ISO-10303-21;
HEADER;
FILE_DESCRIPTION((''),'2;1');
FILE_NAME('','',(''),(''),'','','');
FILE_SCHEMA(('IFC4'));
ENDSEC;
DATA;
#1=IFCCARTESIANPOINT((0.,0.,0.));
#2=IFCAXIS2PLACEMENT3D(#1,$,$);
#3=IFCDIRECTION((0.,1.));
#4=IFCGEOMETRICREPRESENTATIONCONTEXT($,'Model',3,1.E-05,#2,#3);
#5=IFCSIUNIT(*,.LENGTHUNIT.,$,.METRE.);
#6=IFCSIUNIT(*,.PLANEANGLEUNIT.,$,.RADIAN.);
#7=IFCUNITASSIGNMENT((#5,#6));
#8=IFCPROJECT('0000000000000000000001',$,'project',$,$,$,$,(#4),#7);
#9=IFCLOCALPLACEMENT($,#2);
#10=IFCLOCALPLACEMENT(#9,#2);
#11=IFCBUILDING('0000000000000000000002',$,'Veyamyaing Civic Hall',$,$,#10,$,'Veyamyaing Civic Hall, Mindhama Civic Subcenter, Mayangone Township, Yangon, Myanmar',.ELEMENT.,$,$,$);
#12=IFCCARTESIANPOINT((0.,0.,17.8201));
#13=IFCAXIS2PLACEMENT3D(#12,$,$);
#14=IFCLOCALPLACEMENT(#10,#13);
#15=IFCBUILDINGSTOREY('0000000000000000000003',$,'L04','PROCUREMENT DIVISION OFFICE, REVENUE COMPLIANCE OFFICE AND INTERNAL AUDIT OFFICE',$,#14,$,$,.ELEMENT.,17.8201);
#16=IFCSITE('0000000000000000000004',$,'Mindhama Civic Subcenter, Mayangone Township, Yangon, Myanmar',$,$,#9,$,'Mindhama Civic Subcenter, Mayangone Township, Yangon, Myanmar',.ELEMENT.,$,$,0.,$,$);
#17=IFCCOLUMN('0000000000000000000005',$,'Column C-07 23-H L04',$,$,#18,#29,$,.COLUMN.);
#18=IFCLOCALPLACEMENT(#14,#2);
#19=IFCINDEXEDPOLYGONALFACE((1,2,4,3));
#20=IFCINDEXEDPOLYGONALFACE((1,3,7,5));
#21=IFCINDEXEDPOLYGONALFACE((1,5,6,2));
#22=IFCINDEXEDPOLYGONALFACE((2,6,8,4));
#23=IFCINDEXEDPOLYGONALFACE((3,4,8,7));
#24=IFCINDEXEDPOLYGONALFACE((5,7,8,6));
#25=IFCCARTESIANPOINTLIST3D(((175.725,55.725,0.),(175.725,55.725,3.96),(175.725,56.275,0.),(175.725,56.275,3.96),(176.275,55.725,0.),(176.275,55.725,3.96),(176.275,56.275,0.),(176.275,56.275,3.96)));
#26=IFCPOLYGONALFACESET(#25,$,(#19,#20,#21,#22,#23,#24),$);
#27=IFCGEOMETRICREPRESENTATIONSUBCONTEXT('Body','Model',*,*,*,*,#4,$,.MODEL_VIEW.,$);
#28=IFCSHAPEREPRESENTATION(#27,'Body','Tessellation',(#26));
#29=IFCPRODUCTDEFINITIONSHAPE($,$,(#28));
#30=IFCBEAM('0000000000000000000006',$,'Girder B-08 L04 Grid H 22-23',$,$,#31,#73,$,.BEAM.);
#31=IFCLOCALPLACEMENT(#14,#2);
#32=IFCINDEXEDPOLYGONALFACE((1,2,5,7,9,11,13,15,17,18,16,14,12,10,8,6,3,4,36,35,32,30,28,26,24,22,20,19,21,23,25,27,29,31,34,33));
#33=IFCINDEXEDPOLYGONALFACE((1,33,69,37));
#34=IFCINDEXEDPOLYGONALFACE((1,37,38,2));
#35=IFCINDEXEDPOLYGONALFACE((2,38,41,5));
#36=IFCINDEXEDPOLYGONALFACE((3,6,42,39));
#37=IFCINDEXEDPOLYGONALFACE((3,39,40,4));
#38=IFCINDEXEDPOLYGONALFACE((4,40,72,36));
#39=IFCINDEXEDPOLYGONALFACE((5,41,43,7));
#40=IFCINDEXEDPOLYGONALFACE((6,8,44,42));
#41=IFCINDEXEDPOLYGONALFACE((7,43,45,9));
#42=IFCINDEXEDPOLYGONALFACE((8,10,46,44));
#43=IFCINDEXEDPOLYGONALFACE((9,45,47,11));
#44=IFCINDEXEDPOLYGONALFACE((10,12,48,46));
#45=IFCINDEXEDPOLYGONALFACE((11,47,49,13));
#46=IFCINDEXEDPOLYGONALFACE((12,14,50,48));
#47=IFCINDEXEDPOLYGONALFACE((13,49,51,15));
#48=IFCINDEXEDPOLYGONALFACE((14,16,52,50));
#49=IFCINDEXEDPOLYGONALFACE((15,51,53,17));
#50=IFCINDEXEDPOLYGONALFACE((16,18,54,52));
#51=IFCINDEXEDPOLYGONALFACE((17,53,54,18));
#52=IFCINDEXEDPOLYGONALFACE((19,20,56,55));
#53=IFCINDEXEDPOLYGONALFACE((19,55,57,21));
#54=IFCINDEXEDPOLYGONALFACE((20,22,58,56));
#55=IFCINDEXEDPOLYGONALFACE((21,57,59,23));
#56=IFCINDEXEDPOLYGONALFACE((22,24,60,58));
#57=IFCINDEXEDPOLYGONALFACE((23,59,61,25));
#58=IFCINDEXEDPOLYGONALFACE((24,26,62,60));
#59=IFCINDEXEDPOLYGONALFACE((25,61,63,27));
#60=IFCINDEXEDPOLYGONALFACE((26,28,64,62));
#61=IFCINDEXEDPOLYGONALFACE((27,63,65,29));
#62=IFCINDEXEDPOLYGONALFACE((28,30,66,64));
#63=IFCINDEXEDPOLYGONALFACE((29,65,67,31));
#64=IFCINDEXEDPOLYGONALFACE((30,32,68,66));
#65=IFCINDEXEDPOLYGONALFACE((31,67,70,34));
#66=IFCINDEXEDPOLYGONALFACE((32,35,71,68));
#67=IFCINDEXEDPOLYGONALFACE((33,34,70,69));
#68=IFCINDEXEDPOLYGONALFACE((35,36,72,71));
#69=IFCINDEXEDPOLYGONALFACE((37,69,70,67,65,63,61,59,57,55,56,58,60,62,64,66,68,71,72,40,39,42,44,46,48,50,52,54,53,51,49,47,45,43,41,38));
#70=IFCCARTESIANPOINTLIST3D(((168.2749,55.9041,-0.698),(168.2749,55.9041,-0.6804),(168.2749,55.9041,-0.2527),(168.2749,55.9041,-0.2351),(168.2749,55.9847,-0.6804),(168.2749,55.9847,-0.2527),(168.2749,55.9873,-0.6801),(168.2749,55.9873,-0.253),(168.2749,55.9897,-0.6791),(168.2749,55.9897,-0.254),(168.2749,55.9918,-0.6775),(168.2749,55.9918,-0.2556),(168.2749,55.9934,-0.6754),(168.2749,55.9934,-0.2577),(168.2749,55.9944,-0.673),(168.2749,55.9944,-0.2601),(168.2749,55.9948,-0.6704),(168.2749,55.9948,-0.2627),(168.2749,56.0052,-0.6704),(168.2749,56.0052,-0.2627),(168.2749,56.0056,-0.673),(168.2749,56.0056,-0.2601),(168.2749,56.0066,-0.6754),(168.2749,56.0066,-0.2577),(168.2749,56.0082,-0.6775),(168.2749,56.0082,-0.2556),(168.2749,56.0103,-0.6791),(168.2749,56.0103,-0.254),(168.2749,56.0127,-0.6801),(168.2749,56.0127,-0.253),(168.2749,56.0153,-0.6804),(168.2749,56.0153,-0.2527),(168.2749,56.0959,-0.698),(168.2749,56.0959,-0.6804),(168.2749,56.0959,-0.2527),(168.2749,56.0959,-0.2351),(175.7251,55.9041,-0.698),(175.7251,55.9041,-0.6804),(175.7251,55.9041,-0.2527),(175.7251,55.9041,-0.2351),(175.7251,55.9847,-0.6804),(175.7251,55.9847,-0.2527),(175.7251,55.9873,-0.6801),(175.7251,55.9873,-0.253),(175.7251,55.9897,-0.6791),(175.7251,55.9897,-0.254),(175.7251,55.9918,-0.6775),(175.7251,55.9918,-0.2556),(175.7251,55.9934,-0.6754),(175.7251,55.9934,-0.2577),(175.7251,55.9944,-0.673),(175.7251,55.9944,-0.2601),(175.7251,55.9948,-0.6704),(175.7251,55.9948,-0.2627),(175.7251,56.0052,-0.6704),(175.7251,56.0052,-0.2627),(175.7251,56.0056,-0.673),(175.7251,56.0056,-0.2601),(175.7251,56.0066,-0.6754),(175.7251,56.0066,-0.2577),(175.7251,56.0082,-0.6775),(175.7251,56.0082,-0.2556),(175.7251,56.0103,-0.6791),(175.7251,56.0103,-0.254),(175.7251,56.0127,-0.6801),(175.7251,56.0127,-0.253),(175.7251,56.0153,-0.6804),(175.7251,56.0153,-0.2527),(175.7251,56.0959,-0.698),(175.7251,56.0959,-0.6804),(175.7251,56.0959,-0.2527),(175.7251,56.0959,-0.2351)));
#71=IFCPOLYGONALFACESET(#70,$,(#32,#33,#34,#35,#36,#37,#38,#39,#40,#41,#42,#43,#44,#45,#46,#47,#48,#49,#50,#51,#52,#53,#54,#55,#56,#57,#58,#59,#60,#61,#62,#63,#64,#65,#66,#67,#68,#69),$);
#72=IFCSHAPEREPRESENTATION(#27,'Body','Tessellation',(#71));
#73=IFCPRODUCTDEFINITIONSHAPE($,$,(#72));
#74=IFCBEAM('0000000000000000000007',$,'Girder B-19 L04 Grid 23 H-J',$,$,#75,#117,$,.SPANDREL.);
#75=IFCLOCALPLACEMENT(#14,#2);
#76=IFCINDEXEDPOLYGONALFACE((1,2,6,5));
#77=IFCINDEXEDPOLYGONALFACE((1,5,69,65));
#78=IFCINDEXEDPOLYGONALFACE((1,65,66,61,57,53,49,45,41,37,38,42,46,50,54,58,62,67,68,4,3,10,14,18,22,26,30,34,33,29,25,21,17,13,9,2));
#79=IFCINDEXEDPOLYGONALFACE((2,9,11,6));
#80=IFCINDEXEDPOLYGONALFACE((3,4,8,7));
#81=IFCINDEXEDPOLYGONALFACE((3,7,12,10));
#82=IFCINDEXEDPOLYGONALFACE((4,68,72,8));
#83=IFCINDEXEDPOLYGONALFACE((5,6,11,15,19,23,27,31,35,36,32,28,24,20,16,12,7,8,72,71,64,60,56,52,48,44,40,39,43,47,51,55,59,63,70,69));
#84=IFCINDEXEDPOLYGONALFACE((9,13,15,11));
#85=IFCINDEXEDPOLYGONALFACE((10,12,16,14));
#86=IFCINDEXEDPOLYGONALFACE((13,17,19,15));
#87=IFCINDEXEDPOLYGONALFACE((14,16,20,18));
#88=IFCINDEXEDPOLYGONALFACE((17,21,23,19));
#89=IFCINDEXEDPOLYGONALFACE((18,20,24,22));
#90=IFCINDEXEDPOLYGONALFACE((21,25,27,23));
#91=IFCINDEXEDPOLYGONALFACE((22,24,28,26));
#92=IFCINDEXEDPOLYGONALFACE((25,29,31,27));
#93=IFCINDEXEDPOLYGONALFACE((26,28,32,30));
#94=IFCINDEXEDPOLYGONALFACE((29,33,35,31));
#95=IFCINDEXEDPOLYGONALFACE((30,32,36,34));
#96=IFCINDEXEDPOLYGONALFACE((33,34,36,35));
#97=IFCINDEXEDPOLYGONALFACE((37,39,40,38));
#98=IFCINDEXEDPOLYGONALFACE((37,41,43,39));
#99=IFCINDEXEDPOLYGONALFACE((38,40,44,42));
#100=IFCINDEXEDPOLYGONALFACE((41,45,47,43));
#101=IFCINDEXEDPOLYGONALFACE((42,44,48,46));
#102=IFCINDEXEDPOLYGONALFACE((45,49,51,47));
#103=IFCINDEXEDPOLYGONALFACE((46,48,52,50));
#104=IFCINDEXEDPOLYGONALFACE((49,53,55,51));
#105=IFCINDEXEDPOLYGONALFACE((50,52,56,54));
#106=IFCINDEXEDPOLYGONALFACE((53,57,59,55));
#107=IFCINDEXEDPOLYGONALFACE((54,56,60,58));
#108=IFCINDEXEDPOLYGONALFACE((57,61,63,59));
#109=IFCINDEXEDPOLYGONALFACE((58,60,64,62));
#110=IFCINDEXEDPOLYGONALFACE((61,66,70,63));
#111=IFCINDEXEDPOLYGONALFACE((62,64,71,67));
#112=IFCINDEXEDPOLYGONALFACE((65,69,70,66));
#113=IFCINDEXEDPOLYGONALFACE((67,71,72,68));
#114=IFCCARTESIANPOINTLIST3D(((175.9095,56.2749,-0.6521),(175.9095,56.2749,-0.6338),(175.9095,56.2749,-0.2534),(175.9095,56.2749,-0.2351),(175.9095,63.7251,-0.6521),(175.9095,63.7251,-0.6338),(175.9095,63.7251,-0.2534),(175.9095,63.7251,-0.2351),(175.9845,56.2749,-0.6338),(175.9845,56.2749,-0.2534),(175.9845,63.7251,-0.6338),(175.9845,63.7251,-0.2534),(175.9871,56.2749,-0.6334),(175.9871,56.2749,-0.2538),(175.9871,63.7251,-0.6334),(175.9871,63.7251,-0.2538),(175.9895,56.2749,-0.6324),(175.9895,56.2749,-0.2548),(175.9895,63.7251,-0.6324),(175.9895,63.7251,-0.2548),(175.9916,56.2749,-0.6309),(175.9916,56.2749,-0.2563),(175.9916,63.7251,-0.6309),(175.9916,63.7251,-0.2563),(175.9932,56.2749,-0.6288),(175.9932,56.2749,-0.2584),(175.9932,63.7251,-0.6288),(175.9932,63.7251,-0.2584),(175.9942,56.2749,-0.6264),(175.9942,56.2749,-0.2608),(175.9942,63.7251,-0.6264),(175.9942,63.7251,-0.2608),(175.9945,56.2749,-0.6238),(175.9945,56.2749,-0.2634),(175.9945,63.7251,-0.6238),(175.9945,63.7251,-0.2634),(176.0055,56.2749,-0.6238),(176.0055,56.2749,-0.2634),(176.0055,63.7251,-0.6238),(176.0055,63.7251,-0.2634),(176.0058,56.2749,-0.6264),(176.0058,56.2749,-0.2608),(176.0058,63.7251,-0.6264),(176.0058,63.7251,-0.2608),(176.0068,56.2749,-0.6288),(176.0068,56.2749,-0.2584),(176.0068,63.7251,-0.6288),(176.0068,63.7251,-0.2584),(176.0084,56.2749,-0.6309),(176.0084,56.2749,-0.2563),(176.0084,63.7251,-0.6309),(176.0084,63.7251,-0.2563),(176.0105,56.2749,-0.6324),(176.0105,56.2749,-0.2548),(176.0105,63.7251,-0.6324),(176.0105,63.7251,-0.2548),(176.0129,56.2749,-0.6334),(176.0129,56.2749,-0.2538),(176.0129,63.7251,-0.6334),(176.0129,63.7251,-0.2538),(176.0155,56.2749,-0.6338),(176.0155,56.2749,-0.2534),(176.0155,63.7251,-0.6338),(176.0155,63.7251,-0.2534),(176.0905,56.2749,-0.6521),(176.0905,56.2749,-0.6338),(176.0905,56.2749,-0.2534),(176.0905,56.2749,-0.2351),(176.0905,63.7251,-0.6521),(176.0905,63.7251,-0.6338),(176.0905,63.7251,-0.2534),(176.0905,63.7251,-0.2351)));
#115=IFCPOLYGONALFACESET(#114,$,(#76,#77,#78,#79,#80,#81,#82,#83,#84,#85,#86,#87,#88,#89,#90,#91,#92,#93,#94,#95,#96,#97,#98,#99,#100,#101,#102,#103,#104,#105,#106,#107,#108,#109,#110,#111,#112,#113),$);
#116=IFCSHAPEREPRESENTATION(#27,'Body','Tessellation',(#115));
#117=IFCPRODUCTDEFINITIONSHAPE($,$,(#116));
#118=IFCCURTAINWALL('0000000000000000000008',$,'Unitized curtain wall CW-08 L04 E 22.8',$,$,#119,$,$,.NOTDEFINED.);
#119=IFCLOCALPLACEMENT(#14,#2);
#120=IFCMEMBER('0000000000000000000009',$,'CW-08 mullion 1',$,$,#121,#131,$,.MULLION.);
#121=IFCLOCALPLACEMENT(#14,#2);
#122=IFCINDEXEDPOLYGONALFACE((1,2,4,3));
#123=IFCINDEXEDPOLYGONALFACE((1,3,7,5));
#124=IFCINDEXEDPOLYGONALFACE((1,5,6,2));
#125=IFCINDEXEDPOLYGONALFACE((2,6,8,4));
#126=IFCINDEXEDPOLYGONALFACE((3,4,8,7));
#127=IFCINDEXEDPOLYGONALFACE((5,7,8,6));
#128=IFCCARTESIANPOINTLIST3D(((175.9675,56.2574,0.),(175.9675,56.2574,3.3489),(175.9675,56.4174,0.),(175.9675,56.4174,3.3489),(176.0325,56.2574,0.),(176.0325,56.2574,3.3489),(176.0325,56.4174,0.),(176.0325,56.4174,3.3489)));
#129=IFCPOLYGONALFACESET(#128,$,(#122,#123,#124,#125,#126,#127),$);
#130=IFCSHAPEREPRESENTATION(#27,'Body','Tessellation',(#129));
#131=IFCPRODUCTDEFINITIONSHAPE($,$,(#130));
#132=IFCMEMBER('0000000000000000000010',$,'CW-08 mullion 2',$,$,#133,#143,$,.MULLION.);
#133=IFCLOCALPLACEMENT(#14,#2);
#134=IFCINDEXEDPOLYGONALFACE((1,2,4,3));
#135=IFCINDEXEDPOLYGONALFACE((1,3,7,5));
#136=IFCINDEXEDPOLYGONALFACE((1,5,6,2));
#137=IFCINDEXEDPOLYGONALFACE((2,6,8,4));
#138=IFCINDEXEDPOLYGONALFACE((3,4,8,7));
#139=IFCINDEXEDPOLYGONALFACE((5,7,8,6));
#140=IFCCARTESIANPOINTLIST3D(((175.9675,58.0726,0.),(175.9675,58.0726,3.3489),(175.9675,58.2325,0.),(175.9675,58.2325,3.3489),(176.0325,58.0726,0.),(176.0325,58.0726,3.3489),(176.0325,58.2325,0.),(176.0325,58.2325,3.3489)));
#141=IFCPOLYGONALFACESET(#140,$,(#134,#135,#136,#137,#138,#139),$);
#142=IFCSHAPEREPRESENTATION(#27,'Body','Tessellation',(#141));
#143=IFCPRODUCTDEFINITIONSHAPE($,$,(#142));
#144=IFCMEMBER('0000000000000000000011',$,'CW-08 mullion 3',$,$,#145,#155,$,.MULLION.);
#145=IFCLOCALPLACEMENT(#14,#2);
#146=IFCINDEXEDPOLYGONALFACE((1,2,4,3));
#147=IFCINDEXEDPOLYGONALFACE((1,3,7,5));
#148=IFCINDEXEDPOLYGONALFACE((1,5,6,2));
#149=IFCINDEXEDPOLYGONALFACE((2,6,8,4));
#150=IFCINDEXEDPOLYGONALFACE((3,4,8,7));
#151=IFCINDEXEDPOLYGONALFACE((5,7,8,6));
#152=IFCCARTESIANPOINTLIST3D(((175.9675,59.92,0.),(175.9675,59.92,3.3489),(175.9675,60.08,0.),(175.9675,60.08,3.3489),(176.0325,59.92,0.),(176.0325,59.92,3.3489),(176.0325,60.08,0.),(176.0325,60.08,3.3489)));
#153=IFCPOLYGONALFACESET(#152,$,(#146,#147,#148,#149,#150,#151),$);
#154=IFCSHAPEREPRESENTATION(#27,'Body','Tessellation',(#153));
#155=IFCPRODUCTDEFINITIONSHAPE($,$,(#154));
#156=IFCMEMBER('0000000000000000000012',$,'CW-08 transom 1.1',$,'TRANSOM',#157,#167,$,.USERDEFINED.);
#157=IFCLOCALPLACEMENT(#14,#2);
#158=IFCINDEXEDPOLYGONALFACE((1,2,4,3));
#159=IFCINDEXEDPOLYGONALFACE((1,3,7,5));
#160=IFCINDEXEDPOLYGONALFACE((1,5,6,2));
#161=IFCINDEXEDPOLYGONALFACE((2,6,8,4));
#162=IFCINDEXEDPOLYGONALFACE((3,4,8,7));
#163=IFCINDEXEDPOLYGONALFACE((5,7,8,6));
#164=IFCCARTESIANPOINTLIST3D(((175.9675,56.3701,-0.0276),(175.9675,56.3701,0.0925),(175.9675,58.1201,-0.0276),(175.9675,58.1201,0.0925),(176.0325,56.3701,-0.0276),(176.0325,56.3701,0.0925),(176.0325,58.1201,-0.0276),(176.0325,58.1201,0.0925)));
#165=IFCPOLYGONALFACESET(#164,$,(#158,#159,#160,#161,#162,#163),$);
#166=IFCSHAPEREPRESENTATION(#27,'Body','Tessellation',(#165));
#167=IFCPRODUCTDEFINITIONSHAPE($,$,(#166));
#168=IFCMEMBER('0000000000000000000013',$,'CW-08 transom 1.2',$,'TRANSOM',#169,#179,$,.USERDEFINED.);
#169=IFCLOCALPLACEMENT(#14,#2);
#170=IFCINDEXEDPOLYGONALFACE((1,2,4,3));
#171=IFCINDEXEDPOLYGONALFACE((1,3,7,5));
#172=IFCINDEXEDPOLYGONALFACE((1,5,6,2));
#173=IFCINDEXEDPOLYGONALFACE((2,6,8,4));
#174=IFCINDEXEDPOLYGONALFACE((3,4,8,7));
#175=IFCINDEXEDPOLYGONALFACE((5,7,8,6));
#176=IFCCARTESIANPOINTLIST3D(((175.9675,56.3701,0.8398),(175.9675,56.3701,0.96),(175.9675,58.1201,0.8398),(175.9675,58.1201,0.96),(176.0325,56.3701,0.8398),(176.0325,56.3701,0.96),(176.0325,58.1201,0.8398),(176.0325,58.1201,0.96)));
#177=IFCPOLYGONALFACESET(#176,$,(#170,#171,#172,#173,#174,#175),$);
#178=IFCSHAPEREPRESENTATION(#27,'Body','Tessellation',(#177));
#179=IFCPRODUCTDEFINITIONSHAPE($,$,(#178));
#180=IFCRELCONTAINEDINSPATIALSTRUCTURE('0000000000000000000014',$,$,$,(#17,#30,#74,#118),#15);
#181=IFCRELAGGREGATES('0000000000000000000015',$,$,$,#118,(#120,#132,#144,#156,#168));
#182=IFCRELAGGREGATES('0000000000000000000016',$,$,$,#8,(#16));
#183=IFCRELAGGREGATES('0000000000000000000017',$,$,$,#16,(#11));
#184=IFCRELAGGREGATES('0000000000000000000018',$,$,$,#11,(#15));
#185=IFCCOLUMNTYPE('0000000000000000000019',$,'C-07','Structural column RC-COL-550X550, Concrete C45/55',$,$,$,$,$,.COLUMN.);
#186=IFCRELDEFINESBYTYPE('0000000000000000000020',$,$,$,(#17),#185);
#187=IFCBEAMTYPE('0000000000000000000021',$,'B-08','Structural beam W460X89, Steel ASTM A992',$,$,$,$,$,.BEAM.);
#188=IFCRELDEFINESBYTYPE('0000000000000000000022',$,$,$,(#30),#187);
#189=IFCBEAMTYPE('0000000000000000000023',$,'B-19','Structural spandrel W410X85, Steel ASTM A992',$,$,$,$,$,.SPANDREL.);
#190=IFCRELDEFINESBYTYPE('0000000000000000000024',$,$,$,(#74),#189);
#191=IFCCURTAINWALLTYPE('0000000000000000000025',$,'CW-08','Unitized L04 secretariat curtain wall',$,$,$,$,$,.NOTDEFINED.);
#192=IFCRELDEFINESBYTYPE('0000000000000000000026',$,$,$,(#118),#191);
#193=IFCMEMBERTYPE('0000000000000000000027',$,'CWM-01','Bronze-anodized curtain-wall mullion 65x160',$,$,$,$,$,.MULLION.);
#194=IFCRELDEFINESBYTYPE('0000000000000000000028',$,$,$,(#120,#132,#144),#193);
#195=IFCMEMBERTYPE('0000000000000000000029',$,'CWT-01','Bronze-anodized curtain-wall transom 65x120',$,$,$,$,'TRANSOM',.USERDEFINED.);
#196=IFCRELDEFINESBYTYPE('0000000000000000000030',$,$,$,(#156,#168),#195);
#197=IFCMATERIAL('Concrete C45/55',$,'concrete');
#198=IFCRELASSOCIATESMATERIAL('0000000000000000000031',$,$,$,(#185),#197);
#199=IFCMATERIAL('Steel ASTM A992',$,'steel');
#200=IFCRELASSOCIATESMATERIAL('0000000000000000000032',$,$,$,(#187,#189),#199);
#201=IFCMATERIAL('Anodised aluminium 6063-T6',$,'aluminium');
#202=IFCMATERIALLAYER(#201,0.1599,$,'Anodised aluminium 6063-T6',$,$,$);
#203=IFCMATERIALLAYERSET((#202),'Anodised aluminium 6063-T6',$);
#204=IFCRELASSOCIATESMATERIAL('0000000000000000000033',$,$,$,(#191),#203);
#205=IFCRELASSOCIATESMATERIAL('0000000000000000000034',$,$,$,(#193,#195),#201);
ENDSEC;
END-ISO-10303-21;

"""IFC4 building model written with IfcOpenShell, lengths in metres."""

from ifc_helpers import new_model, si_unit, direction, frame, origin, origin_2d, place, context, subcontext, project, spatial, rectangle, i_section, extrude, material, layer, layer_set, material_profile, profile_set, type_object, element, aggregate, save


model = new_model("IFC4")

# Units and contexts
model_context = context("Model", 3, precision=1e-05, world=origin(), true_north=direction((0.0, 1.0)))
body_context = subcontext(model_context, "Body", "Model", "MODEL_VIEW")
ifc_project = project(units=[si_unit("LENGTHUNIT", "METRE"), si_unit("PLANEANGLEUNIT", "RADIAN")], contexts=[model_context])

# Site, building, storey
site_placement = place(None, origin())
site = spatial("IfcSite", under=ifc_project, at=site_placement, Name="Mindhama Civic Subcenter, Mayangone Township, Yangon, Myanmar", LongName="Mindhama Civic Subcenter, Mayangone Township, Yangon, Myanmar", CompositionType="ELEMENT", RefElevation=0.0)
building_placement = place(site_placement, origin())
building = spatial("IfcBuilding", under=site, at=building_placement, Name="Veyamyaing Civic Hall", LongName="Veyamyaing Civic Hall, Mindhama Civic Subcenter, Mayangone Township, Yangon, Myanmar", CompositionType="ELEMENT")
storey_placement = place(building_placement, frame((0.0, 0.0, 17.8201)))
storey = spatial("IfcBuildingStorey", under=building, at=storey_placement, Name="L04", Description="PROCUREMENT DIVISION OFFICE, REVENUE COMPLIANCE OFFICE AND INTERNAL AUDIT OFFICE", CompositionType="ELEMENT", Elevation=17.8201)

# Column
ifc_material_1 = material(Name="Concrete C45/55", Category="concrete")
ifc_material_profile_1 = material_profile(ifc_material_1, rectangle(XDim=0.55, YDim=0.55, at=origin_2d()), Name="RC-COL-550X550")
ifc_profile_set_1 = profile_set([ifc_material_profile_1], Name="Concrete C45/55")
column_type = type_object("IfcColumnType", Name="C-07", Description="Structural column RC-COL-550X550, Concrete C45/55", PredefinedType="COLUMN", material=ifc_profile_set_1)
column_placement = place(storey_placement, frame((176.0, 56.0, 0.0), z_axis=(0.0, 0.0, 1.0), x_axis=(1.0, 0.0, 0.0)))
element("IfcColumn", 1, at=column_placement, inside=storey, type_object=column_type, Name="Column C-07 23-H L04", PredefinedType="COLUMN", context=body_context, shape_type="SweptSolid", body=[
    extrude(rectangle(XDim=0.55, YDim=0.55, at=origin_2d()), origin(), (0.0, 0.0, 1.0), 3.96),
])

# Beams
ifc_material_2 = material(Name="Steel ASTM A992", Category="steel")
ifc_material_profile_2 = material_profile(ifc_material_2, i_section(OverallWidth=0.1919, OverallDepth=0.4629, WebThickness=0.0105, FlangeThickness=0.0176, FilletRadius=0.01, at=origin_2d()), Name="W460X89")
ifc_profile_set_2 = profile_set([ifc_material_profile_2], Name="Steel ASTM A992")
beam_type_1 = type_object("IfcBeamType", Name="B-08", Description="Structural beam W460X89, Steel ASTM A992", PredefinedType="BEAM", material=ifc_profile_set_2)
beam_1_placement = place(storey_placement, frame((168.2749, 56.0, -0.4666), z_axis=(1.0, 0.0, 0.0), x_axis=(0.0, 1.0, 0.0)))
element("IfcBeam", 2, at=beam_1_placement, inside=storey, type_object=beam_type_1, Name="Girder B-08 L04 Grid H 22-23", PredefinedType="BEAM", context=body_context, shape_type="SweptSolid", body=[
    extrude(i_section(OverallWidth=0.1919, OverallDepth=0.4629, WebThickness=0.0105, FlangeThickness=0.0176, FilletRadius=0.01, at=origin_2d()), origin(), (0.0, 0.0, 1.0), 7.4502),
])
ifc_material_profile_3 = material_profile(ifc_material_2, i_section(OverallWidth=0.1809, OverallDepth=0.417, WebThickness=0.011, FlangeThickness=0.0183, FilletRadius=0.01, at=origin_2d()), Name="W410X85")
ifc_profile_set_3 = profile_set([ifc_material_profile_3], Name="Steel ASTM A992")
beam_type_2 = type_object("IfcBeamType", Name="B-19", Description="Structural spandrel W410X85, Steel ASTM A992", PredefinedType="SPANDREL", material=ifc_profile_set_3)
beam_2_placement = place(storey_placement, frame((176.0, 56.2749, -0.4436), z_axis=(0.0, 1.0, 0.0), x_axis=(-1.0, 0.0, 0.0)))
element("IfcBeam", 3, at=beam_2_placement, inside=storey, type_object=beam_type_2, Name="Girder B-19 L04 Grid 23 H-J", PredefinedType="SPANDREL", context=body_context, shape_type="SweptSolid", body=[
    extrude(i_section(OverallWidth=0.1809, OverallDepth=0.417, WebThickness=0.011, FlangeThickness=0.0183, FilletRadius=0.01, at=origin_2d()), origin(), (0.0, 0.0, 1.0), 7.4502),
])

# Curtain wall, members
ifc_material_3 = material(Name="Anodised aluminium 6063-T6", Category="aluminium")
ifc_layer_1 = layer(ifc_material_3, 0.1599, Name="Anodised aluminium 6063-T6")
ifc_layer_set_1 = layer_set([ifc_layer_1], Name="Anodised aluminium 6063-T6")
curtain_wall_type = type_object("IfcCurtainWallType", Name="CW-08", Description="Unitized L04 secretariat curtain wall", PredefinedType="NOTDEFINED", material=ifc_layer_set_1)
curtain_wall_placement = place(storey_placement, origin())
curtain_wall = element("IfcCurtainWall", 4, at=curtain_wall_placement, inside=storey, type_object=curtain_wall_type, Name="Unitized curtain wall CW-08 L04 E 22.8", PredefinedType="NOTDEFINED")
ifc_material_profile_4 = material_profile(ifc_material_3, rectangle(XDim=0.0649, YDim=0.1599, at=origin_2d()), Name="ALU-MUL-65X160")
ifc_profile_set_4 = profile_set([ifc_material_profile_4], Name="Anodised aluminium 6063-T6")
member_type_1 = type_object("IfcMemberType", Name="CWM-01", Description="Bronze-anodized curtain-wall mullion 65x160", PredefinedType="MULLION", material=ifc_profile_set_4)
member_1_placement = place(storey_placement, frame((176.0, 56.3374, 0.0), z_axis=(0.0, 0.0, 1.0), x_axis=(-1.0, 0.0, 0.0)))
member_1 = element("IfcMember", 5, at=member_1_placement, type_object=member_type_1, Name="CW-08 mullion 1", PredefinedType="MULLION", context=body_context, shape_type="SweptSolid", body=[
    extrude(rectangle(XDim=0.0649, YDim=0.1599, at=origin_2d()), origin(), (0.0, 0.0, 1.0), 3.3489),
])
member_2_placement = place(storey_placement, frame((176.0, 58.1526, 0.0), z_axis=(0.0, 0.0, 1.0), x_axis=(-1.0, 0.0, 0.0)))
member_2 = element("IfcMember", 6, at=member_2_placement, type_object=member_type_1, Name="CW-08 mullion 2", PredefinedType="MULLION", context=body_context, shape_type="SweptSolid", body=[
    extrude(rectangle(XDim=0.0649, YDim=0.1599, at=origin_2d()), origin(), (0.0, 0.0, 1.0), 3.3489),
])
member_3_placement = place(storey_placement, frame((176.0, 60.0, 0.0), z_axis=(0.0, 0.0, 1.0), x_axis=(-1.0, 0.0, 0.0)))
member_3 = element("IfcMember", 7, at=member_3_placement, type_object=member_type_1, Name="CW-08 mullion 3", PredefinedType="MULLION", context=body_context, shape_type="SweptSolid", body=[
    extrude(rectangle(XDim=0.0649, YDim=0.1599, at=origin_2d()), origin(), (0.0, 0.0, 1.0), 3.3489),
])
ifc_material_profile_5 = material_profile(ifc_material_3, rectangle(XDim=0.0649, YDim=0.1201, at=origin_2d()), Name="ALU-TRN-65X120")
ifc_profile_set_5 = profile_set([ifc_material_profile_5], Name="Anodised aluminium 6063-T6")
member_type_2 = type_object("IfcMemberType", Name="CWT-01", Description="Bronze-anodized curtain-wall transom 65x120", ElementType="TRANSOM", PredefinedType="USERDEFINED", material=ifc_profile_set_5)
member_4_placement = place(storey_placement, frame((176.0, 56.3701, 0.0325), z_axis=(0.0, 1.0, 0.0), x_axis=(-1.0, 0.0, 0.0)))
member_4 = element("IfcMember", 8, at=member_4_placement, type_object=member_type_2, Name="CW-08 transom 1.1", ObjectType="TRANSOM", PredefinedType="USERDEFINED", context=body_context, shape_type="SweptSolid", body=[
    extrude(rectangle(XDim=0.0649, YDim=0.1201, at=origin_2d()), origin(), (0.0, 0.0, 1.0), 1.75),
])
member_5_placement = place(storey_placement, frame((176.0, 56.3701, 0.8999), z_axis=(0.0, 1.0, 0.0), x_axis=(-1.0, 0.0, 0.0)))
member_5 = element("IfcMember", 9, at=member_5_placement, type_object=member_type_2, Name="CW-08 transom 1.2", ObjectType="TRANSOM", PredefinedType="USERDEFINED", context=body_context, shape_type="SweptSolid", body=[
    extrude(rectangle(XDim=0.0649, YDim=0.1201, at=origin_2d()), origin(), (0.0, 0.0, 1.0), 1.75),
])

aggregate(curtain_wall, [member_1, member_2, member_3, member_4, member_5])

save(model, "model.ifc")
